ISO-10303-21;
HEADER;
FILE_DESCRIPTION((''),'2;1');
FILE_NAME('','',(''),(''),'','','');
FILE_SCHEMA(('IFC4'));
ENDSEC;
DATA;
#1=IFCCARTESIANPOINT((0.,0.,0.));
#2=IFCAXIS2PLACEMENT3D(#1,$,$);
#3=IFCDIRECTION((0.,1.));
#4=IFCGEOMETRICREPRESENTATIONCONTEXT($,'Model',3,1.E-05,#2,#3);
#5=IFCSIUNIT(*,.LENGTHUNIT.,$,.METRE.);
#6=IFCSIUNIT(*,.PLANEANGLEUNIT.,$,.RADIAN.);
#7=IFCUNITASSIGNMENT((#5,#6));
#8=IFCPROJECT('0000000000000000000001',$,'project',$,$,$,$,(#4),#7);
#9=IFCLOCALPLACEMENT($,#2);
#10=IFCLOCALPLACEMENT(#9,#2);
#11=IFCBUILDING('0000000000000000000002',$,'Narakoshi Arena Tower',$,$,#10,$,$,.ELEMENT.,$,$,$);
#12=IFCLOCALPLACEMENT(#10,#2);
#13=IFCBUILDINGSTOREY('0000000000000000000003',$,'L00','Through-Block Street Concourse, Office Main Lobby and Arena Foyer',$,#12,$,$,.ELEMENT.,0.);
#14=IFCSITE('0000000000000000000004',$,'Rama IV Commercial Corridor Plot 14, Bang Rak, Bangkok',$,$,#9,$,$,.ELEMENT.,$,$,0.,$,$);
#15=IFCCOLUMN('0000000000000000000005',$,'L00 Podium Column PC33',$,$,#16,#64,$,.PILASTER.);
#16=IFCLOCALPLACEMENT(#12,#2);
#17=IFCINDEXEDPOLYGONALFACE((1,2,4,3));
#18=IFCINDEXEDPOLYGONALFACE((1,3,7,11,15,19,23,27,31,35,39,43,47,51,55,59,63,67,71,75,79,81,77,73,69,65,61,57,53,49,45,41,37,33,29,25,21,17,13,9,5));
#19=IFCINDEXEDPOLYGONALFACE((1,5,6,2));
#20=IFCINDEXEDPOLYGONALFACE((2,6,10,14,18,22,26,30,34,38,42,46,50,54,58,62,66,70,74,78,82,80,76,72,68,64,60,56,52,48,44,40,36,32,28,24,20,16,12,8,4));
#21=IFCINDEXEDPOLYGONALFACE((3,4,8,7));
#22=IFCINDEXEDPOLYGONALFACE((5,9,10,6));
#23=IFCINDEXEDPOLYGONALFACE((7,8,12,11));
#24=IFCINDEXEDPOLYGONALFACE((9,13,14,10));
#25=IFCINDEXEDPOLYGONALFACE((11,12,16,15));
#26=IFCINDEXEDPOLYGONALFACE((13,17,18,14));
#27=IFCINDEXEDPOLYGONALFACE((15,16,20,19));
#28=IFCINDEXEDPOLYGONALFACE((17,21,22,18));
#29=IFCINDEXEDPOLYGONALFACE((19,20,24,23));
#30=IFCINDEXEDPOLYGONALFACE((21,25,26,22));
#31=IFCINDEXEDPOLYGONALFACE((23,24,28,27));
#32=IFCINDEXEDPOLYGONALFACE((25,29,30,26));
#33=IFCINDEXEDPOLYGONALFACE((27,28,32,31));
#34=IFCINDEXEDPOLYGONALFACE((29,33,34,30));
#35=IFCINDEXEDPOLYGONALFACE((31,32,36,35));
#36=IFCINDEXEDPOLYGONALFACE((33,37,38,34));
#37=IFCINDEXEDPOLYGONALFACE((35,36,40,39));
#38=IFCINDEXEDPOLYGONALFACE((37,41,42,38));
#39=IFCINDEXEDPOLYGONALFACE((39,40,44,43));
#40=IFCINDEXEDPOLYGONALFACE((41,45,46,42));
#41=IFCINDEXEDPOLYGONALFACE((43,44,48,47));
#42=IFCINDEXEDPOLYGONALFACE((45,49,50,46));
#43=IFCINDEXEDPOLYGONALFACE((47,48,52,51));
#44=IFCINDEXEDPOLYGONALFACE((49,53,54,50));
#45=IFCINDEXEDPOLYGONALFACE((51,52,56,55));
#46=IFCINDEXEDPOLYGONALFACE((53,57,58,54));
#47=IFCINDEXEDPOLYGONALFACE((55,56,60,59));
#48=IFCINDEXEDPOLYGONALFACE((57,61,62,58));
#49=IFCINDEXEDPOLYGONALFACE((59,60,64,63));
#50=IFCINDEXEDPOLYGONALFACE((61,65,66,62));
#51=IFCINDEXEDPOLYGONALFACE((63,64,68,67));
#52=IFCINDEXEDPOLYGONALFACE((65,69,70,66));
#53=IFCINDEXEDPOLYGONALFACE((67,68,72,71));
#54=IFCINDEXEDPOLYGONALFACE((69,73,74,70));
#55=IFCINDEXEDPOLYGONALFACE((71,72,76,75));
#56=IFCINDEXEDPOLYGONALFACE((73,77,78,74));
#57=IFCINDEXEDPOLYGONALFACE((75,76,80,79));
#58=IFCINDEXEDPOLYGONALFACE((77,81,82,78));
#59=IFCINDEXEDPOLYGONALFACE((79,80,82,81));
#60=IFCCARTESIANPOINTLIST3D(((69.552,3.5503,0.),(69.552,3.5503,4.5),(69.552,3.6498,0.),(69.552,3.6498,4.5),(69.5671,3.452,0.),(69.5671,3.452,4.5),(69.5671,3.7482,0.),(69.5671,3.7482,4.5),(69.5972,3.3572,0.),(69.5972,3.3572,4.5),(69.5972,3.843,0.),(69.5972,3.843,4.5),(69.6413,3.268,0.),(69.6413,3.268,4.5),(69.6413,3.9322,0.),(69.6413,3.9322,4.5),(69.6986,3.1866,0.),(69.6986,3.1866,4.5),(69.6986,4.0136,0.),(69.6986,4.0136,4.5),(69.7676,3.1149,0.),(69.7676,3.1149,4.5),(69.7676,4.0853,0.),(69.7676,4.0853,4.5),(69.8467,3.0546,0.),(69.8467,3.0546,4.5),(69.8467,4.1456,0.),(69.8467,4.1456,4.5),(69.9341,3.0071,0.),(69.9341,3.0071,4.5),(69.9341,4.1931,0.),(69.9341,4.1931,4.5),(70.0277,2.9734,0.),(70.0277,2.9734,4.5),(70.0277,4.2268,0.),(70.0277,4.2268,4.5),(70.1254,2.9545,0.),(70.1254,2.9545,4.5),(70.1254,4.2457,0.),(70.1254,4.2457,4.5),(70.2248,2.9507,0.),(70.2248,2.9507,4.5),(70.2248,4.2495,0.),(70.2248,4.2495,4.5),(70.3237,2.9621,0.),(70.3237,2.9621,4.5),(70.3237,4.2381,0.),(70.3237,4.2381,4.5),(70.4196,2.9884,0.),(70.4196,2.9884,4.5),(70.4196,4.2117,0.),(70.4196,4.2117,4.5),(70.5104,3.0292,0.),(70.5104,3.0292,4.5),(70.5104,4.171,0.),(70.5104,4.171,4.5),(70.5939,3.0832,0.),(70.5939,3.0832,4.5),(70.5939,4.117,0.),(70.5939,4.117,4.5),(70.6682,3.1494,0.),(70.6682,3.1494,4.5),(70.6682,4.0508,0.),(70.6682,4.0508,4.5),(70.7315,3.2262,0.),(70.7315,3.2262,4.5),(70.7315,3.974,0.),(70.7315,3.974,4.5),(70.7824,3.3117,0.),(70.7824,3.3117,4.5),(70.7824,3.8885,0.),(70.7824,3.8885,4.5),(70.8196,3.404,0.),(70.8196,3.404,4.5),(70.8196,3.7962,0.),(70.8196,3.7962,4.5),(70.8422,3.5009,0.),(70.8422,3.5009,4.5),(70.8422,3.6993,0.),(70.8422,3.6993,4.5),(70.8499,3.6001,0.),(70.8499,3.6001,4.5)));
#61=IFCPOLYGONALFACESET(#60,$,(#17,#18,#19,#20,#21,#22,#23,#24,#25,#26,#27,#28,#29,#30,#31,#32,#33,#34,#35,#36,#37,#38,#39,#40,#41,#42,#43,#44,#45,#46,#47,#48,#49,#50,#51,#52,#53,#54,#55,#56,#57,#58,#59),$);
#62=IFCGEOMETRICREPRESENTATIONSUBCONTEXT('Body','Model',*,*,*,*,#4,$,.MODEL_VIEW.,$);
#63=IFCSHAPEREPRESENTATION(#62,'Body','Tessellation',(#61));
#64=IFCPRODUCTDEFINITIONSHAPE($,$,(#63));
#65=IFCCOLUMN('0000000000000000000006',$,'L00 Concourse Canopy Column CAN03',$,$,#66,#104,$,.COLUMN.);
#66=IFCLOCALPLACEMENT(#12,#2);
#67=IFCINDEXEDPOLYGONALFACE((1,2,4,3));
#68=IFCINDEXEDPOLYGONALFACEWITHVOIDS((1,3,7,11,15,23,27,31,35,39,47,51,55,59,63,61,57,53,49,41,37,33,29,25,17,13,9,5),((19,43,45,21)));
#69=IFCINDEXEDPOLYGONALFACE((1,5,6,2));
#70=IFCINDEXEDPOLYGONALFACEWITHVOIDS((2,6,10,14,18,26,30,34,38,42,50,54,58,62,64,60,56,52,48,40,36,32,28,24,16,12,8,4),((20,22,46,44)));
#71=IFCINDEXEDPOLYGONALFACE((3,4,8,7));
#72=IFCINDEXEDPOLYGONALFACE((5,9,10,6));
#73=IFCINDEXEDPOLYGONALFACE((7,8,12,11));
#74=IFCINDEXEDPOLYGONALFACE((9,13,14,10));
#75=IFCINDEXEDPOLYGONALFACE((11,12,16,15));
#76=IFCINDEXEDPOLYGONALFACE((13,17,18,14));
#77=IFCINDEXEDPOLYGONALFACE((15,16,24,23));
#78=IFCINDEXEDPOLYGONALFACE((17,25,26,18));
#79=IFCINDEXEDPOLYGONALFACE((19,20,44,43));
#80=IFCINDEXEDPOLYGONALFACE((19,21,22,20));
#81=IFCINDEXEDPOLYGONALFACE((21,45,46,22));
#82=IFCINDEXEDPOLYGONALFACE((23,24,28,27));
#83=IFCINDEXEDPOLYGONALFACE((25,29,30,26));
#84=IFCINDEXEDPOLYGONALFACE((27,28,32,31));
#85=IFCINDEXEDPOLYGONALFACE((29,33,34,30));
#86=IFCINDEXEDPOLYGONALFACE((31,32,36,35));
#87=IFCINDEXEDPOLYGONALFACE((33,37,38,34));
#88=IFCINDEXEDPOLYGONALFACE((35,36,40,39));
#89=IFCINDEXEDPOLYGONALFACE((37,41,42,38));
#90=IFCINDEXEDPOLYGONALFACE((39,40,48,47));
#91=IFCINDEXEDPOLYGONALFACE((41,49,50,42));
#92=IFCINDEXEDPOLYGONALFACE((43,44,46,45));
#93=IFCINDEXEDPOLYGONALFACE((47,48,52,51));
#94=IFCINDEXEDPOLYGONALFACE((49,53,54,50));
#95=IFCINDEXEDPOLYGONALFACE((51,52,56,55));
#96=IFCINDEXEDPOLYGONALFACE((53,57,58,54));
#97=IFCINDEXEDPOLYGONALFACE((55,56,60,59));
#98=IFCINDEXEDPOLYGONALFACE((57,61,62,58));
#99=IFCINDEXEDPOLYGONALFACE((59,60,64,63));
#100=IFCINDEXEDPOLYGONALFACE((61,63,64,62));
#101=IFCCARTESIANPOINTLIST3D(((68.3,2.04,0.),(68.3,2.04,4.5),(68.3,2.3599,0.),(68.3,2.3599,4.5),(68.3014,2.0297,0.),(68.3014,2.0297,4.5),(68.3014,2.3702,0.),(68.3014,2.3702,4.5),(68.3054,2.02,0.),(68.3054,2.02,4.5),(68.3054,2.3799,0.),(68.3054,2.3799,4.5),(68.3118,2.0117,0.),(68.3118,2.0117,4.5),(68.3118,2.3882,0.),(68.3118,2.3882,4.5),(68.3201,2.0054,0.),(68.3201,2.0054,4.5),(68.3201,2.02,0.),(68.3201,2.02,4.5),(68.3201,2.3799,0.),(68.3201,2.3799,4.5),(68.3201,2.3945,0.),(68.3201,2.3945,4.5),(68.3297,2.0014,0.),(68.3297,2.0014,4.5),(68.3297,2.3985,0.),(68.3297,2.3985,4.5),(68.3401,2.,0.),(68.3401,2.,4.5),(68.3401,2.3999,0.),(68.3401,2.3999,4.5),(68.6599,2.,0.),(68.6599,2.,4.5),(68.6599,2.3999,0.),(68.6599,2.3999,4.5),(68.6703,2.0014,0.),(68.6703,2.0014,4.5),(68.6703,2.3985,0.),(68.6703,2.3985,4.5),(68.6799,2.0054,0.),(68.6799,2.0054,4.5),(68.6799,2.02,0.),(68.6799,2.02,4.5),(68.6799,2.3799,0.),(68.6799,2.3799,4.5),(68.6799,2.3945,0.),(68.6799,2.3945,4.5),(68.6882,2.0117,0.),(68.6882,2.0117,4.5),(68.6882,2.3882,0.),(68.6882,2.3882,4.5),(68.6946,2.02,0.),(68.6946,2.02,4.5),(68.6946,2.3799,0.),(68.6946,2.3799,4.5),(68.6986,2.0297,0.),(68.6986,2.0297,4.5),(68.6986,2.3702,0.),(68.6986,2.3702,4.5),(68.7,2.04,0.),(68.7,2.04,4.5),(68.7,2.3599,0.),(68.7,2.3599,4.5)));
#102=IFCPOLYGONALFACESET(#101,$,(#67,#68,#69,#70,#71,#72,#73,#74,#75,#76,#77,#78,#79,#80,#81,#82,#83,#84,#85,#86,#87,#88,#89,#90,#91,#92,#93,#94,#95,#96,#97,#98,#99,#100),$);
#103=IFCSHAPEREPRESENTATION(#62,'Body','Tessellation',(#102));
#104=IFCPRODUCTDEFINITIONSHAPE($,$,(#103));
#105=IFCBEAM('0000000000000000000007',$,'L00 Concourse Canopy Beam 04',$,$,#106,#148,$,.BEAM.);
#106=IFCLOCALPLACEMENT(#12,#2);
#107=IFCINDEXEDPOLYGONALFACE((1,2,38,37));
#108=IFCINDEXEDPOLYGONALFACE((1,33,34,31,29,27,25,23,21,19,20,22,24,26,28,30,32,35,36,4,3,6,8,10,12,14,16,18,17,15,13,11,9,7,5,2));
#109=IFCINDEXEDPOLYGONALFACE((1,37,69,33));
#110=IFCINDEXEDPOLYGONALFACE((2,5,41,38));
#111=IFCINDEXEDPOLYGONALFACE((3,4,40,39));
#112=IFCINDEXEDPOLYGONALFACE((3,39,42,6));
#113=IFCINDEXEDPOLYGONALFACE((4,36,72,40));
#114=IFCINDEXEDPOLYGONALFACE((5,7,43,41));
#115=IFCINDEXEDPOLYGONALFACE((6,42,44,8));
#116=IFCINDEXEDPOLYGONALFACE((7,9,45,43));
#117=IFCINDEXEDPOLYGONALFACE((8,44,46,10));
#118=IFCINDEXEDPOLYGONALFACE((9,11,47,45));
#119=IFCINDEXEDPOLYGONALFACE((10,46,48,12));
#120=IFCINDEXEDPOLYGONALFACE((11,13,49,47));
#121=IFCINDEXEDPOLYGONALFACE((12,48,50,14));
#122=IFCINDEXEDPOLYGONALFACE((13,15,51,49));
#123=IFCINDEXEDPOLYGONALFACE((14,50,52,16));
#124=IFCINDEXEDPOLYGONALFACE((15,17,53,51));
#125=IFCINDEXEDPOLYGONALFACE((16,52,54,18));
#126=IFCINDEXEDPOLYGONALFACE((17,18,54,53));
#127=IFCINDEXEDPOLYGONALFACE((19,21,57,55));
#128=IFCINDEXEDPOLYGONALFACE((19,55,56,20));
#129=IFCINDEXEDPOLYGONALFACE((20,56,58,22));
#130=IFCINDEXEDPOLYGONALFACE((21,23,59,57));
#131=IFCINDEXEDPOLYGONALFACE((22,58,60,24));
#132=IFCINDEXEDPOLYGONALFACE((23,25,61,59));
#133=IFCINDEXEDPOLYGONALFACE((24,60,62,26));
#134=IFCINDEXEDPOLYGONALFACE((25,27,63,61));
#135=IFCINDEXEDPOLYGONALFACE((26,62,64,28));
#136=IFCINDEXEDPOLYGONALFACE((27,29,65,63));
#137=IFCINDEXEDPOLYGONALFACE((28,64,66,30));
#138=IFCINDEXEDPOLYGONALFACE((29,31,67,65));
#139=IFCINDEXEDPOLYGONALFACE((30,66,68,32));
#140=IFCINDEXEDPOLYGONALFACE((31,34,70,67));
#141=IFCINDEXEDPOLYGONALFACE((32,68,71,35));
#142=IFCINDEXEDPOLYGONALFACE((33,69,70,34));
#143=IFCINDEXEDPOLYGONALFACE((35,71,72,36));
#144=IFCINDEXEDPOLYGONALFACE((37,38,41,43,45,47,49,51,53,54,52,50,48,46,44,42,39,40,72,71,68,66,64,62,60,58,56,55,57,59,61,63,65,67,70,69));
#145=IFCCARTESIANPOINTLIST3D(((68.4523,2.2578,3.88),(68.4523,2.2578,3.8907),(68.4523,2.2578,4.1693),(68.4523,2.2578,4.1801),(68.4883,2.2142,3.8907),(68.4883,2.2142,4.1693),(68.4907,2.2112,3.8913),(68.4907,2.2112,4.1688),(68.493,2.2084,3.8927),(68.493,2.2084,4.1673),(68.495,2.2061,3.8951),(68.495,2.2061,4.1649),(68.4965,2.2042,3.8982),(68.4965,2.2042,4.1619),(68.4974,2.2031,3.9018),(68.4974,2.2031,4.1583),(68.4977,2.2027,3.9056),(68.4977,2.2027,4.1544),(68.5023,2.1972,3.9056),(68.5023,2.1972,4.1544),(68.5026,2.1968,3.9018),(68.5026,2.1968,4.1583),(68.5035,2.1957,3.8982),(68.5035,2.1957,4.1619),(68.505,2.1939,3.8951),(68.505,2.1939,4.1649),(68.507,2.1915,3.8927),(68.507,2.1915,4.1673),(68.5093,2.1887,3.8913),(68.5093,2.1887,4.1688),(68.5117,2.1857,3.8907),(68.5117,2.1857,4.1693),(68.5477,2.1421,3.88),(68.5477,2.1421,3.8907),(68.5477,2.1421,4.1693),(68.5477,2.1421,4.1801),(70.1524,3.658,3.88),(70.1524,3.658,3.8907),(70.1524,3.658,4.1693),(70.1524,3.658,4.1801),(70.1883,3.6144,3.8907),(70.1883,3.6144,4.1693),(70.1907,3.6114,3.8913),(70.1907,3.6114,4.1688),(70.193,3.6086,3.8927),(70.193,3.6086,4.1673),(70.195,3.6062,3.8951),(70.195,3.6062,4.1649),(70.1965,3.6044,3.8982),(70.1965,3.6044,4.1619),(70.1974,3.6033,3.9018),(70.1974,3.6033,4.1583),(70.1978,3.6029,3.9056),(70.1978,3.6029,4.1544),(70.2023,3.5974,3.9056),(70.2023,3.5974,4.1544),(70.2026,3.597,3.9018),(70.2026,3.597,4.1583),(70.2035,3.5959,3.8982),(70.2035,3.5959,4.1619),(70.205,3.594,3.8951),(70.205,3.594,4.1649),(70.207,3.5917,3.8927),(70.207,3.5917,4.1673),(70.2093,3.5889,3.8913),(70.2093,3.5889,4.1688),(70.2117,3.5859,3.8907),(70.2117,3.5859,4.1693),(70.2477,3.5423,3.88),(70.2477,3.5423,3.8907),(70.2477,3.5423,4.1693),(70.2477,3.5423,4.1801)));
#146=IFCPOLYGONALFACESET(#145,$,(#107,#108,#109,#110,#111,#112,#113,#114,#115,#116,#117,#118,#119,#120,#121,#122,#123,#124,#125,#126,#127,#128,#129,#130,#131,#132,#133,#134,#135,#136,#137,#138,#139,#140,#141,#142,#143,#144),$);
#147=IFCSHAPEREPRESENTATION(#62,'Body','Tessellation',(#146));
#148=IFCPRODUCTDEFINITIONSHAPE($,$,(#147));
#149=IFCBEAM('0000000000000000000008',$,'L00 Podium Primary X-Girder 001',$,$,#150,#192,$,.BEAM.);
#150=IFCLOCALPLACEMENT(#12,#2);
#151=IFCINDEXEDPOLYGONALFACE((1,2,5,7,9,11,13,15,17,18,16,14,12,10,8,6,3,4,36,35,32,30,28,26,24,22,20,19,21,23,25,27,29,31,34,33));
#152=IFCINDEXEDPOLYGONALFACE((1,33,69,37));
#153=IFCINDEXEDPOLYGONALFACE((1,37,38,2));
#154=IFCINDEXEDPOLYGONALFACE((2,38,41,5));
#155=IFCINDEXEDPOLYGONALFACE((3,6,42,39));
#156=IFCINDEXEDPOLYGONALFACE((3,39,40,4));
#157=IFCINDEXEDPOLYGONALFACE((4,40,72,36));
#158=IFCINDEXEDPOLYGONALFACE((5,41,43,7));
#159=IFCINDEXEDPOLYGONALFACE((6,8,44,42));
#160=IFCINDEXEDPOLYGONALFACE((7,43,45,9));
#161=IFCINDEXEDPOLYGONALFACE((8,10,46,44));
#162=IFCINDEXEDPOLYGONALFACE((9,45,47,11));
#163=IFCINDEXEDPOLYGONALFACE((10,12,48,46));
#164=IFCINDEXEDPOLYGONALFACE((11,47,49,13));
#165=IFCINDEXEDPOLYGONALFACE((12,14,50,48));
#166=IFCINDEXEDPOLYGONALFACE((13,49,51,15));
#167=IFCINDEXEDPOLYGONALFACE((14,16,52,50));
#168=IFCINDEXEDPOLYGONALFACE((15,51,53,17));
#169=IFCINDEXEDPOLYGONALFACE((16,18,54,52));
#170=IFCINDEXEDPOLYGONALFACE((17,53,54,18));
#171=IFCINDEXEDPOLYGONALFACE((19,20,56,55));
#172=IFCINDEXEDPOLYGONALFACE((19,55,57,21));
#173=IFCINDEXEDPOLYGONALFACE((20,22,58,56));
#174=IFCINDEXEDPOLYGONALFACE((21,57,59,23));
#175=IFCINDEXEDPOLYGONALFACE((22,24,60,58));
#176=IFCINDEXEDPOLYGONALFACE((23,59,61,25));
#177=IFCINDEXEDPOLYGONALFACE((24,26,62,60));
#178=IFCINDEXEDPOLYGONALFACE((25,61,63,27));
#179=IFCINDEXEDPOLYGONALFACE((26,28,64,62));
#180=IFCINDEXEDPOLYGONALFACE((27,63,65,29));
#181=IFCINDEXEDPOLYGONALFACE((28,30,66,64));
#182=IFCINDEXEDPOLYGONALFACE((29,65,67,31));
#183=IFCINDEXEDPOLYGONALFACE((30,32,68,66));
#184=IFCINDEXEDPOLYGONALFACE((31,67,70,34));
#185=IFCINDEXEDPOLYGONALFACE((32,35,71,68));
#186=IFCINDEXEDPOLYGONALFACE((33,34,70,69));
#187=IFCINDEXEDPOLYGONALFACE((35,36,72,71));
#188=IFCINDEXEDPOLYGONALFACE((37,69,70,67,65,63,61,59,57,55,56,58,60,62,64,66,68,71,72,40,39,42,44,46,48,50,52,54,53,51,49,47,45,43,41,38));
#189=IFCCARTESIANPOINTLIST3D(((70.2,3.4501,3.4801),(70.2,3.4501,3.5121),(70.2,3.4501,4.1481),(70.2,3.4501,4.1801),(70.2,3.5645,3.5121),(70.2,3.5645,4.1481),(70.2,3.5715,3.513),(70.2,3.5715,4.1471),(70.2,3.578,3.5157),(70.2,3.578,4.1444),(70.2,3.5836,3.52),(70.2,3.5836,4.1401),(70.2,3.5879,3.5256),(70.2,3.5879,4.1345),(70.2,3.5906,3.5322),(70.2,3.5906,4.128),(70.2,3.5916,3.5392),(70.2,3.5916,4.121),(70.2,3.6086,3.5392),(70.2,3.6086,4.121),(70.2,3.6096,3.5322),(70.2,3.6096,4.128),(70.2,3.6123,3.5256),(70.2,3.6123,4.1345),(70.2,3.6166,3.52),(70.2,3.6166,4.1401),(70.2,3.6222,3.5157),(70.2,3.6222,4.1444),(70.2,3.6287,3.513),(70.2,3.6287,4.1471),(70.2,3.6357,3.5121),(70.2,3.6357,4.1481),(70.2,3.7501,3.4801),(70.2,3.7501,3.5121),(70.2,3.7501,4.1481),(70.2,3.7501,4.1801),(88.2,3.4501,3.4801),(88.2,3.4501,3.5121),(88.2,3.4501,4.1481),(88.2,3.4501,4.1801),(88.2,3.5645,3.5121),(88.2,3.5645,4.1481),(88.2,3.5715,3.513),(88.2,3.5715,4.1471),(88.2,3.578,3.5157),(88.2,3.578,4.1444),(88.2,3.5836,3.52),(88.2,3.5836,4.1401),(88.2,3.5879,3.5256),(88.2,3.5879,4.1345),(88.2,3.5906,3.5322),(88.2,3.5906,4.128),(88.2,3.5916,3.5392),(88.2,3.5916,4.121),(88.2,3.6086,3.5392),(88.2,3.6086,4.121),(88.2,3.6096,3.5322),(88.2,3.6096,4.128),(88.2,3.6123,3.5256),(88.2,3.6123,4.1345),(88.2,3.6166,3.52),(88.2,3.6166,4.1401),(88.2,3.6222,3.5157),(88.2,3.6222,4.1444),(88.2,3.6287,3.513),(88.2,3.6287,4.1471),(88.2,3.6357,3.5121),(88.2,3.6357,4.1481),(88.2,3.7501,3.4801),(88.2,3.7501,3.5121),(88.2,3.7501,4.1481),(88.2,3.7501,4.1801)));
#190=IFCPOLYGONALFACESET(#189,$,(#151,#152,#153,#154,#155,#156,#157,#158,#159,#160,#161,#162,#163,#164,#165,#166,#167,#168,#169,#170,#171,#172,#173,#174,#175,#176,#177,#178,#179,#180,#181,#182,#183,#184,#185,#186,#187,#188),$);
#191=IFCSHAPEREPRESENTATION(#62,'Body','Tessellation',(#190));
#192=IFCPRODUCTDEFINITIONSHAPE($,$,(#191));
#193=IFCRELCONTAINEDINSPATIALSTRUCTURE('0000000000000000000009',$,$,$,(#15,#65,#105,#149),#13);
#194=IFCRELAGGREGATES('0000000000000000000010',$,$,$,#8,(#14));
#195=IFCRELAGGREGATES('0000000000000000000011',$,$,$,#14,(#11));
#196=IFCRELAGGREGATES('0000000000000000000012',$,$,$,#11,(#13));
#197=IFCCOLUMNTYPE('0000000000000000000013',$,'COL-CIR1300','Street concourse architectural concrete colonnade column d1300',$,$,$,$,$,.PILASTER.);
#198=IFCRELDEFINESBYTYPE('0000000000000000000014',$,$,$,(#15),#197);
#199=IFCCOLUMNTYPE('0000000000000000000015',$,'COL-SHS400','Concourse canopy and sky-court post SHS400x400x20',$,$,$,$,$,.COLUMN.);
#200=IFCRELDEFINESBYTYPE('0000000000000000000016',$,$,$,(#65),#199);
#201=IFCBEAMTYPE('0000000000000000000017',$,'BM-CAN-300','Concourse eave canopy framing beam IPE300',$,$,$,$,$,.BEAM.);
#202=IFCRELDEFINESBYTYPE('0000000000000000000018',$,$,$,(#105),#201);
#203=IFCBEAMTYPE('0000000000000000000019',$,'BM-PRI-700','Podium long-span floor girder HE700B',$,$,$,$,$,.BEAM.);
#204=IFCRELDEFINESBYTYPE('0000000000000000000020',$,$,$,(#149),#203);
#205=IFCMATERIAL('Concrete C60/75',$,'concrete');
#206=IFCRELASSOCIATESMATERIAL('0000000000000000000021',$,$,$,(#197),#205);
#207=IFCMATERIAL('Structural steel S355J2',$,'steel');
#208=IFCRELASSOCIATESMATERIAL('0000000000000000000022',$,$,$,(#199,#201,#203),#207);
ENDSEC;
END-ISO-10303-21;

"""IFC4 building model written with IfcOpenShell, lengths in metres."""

from ifc_helpers import new_model, si_unit, direction, frame, origin, origin_2d, place, context, subcontext, project, spatial, hollow_rectangle, circle, i_section, extrude, material, material_profile, profile_set, type_object, element, save


model = new_model("IFC4")

# Units and contexts
model_context = context("Model", 3, precision=1e-05, world=origin(), true_north=direction((0.0, 1.0)))
body_context = subcontext(model_context, "Body", "Model", "MODEL_VIEW")
ifc_project = project(units=[si_unit("LENGTHUNIT", "METRE"), si_unit("PLANEANGLEUNIT", "RADIAN")], contexts=[model_context])

# Site, building, storey
site_placement = place(None, origin())
site = spatial("IfcSite", under=ifc_project, at=site_placement, Name="Rama IV Commercial Corridor Plot 14, Bang Rak, Bangkok", CompositionType="ELEMENT", RefElevation=0.0)
building_placement = place(site_placement, origin())
building = spatial("IfcBuilding", under=site, at=building_placement, Name="Narakoshi Arena Tower", CompositionType="ELEMENT")
storey_placement = place(building_placement, origin())
storey = spatial("IfcBuildingStorey", under=building, at=storey_placement, Name="L00", Description="Through-Block Street Concourse, Office Main Lobby and Arena Foyer", CompositionType="ELEMENT", Elevation=0.0)

# Columns
ifc_material_1 = material(Name="Concrete C60/75", Category="concrete")
ifc_material_profile_1 = material_profile(ifc_material_1, circle(Radius=0.6499, at=origin_2d()), Name="RCC1300")
ifc_profile_set_1 = profile_set([ifc_material_profile_1], Name="Concrete C60/75")
column_type_1 = type_object("IfcColumnType", Name="COL-CIR1300", Description="Street concourse architectural concrete colonnade column d1300", PredefinedType="PILASTER", material=ifc_profile_set_1)
column_1_placement = place(storey_placement, frame((70.2, 3.6001, 0.0), z_axis=(0.0, 0.0, 1.0), x_axis=(1.0, 0.0, 0.0)))
element("IfcColumn", 1, at=column_1_placement, inside=storey, type_object=column_type_1, Name="L00 Podium Column PC33", PredefinedType="PILASTER", context=body_context, shape_type="SweptSolid", body=[
    extrude(circle(Radius=0.6499, at=origin_2d()), origin(), (0.0, 0.0, 1.0), 4.5),
])
ifc_material_2 = material(Name="Structural steel S355J2", Category="steel")
ifc_material_profile_2 = material_profile(ifc_material_2, hollow_rectangle(XDim=0.3999, YDim=0.3999, WallThickness=0.02, OuterFilletRadius=0.04, at=origin_2d()), Name="SHS400x400x20")
ifc_profile_set_2 = profile_set([ifc_material_profile_2], Name="Structural steel S355J2")
column_type_2 = type_object("IfcColumnType", Name="COL-SHS400", Description="Concourse canopy and sky-court post SHS400x400x20", PredefinedType="COLUMN", material=ifc_profile_set_2)
column_2_placement = place(storey_placement, frame((68.5, 2.2, 0.0), z_axis=(0.0, 0.0, 1.0), x_axis=(1.0, 0.0, 0.0)))
element("IfcColumn", 2, at=column_2_placement, inside=storey, type_object=column_type_2, Name="L00 Concourse Canopy Column CAN03", PredefinedType="COLUMN", context=body_context, shape_type="SweptSolid", body=[
    extrude(hollow_rectangle(XDim=0.3999, YDim=0.3999, WallThickness=0.02, OuterFilletRadius=0.04, at=origin_2d()), origin(), (0.0, 0.0, 1.0), 4.5),
])

# Beams
ifc_material_profile_3 = material_profile(ifc_material_2, i_section(OverallWidth=0.1499, OverallDepth=0.3, WebThickness=0.0071, FlangeThickness=0.0107, FilletRadius=0.0149, at=origin_2d()), Name="IPE300")
ifc_profile_set_3 = profile_set([ifc_material_profile_3], Name="Structural steel S355J2")
beam_type_1 = type_object("IfcBeamType", Name="BM-CAN-300", Description="Concourse eave canopy framing beam IPE300", PredefinedType="BEAM", material=ifc_profile_set_3)
beam_1_placement = place(storey_placement, frame((68.5, 2.2, 4.03), z_axis=(0.771889, 0.635758, 0.0), x_axis=(-0.635758, 0.771889, 0.0)))
element("IfcBeam", 3, at=beam_1_placement, inside=storey, type_object=beam_type_1, Name="L00 Concourse Canopy Beam 04", PredefinedType="BEAM", context=body_context, shape_type="SweptSolid", body=[
    extrude(i_section(OverallWidth=0.1499, OverallDepth=0.3, WebThickness=0.0071, FlangeThickness=0.0107, FilletRadius=0.0149, at=origin_2d()), origin(), (0.0, 0.0, 1.0), 2.2024),
])
ifc_material_profile_4 = material_profile(ifc_material_2, i_section(OverallWidth=0.3, OverallDepth=0.7, WebThickness=0.0171, FlangeThickness=0.032, FilletRadius=0.0271, at=origin_2d()), Name="HE700B")
ifc_profile_set_4 = profile_set([ifc_material_profile_4], Name="Structural steel S355J2")
beam_type_2 = type_object("IfcBeamType", Name="BM-PRI-700", Description="Podium long-span floor girder HE700B", PredefinedType="BEAM", material=ifc_profile_set_4)
beam_2_placement = place(storey_placement, frame((70.2, 3.6001, 3.8301), z_axis=(1.0, 0.0, 0.0), x_axis=(0.0, 1.0, 0.0)))
element("IfcBeam", 4, at=beam_2_placement, inside=storey, type_object=beam_type_2, Name="L00 Podium Primary X-Girder 001", PredefinedType="BEAM", context=body_context, shape_type="SweptSolid", body=[
    extrude(i_section(OverallWidth=0.3, OverallDepth=0.7, WebThickness=0.0171, FlangeThickness=0.032, FilletRadius=0.0271, at=origin_2d()), origin(), (0.0, 0.0, 1.0), 18.0),
])

save(model, "model.ifc")
